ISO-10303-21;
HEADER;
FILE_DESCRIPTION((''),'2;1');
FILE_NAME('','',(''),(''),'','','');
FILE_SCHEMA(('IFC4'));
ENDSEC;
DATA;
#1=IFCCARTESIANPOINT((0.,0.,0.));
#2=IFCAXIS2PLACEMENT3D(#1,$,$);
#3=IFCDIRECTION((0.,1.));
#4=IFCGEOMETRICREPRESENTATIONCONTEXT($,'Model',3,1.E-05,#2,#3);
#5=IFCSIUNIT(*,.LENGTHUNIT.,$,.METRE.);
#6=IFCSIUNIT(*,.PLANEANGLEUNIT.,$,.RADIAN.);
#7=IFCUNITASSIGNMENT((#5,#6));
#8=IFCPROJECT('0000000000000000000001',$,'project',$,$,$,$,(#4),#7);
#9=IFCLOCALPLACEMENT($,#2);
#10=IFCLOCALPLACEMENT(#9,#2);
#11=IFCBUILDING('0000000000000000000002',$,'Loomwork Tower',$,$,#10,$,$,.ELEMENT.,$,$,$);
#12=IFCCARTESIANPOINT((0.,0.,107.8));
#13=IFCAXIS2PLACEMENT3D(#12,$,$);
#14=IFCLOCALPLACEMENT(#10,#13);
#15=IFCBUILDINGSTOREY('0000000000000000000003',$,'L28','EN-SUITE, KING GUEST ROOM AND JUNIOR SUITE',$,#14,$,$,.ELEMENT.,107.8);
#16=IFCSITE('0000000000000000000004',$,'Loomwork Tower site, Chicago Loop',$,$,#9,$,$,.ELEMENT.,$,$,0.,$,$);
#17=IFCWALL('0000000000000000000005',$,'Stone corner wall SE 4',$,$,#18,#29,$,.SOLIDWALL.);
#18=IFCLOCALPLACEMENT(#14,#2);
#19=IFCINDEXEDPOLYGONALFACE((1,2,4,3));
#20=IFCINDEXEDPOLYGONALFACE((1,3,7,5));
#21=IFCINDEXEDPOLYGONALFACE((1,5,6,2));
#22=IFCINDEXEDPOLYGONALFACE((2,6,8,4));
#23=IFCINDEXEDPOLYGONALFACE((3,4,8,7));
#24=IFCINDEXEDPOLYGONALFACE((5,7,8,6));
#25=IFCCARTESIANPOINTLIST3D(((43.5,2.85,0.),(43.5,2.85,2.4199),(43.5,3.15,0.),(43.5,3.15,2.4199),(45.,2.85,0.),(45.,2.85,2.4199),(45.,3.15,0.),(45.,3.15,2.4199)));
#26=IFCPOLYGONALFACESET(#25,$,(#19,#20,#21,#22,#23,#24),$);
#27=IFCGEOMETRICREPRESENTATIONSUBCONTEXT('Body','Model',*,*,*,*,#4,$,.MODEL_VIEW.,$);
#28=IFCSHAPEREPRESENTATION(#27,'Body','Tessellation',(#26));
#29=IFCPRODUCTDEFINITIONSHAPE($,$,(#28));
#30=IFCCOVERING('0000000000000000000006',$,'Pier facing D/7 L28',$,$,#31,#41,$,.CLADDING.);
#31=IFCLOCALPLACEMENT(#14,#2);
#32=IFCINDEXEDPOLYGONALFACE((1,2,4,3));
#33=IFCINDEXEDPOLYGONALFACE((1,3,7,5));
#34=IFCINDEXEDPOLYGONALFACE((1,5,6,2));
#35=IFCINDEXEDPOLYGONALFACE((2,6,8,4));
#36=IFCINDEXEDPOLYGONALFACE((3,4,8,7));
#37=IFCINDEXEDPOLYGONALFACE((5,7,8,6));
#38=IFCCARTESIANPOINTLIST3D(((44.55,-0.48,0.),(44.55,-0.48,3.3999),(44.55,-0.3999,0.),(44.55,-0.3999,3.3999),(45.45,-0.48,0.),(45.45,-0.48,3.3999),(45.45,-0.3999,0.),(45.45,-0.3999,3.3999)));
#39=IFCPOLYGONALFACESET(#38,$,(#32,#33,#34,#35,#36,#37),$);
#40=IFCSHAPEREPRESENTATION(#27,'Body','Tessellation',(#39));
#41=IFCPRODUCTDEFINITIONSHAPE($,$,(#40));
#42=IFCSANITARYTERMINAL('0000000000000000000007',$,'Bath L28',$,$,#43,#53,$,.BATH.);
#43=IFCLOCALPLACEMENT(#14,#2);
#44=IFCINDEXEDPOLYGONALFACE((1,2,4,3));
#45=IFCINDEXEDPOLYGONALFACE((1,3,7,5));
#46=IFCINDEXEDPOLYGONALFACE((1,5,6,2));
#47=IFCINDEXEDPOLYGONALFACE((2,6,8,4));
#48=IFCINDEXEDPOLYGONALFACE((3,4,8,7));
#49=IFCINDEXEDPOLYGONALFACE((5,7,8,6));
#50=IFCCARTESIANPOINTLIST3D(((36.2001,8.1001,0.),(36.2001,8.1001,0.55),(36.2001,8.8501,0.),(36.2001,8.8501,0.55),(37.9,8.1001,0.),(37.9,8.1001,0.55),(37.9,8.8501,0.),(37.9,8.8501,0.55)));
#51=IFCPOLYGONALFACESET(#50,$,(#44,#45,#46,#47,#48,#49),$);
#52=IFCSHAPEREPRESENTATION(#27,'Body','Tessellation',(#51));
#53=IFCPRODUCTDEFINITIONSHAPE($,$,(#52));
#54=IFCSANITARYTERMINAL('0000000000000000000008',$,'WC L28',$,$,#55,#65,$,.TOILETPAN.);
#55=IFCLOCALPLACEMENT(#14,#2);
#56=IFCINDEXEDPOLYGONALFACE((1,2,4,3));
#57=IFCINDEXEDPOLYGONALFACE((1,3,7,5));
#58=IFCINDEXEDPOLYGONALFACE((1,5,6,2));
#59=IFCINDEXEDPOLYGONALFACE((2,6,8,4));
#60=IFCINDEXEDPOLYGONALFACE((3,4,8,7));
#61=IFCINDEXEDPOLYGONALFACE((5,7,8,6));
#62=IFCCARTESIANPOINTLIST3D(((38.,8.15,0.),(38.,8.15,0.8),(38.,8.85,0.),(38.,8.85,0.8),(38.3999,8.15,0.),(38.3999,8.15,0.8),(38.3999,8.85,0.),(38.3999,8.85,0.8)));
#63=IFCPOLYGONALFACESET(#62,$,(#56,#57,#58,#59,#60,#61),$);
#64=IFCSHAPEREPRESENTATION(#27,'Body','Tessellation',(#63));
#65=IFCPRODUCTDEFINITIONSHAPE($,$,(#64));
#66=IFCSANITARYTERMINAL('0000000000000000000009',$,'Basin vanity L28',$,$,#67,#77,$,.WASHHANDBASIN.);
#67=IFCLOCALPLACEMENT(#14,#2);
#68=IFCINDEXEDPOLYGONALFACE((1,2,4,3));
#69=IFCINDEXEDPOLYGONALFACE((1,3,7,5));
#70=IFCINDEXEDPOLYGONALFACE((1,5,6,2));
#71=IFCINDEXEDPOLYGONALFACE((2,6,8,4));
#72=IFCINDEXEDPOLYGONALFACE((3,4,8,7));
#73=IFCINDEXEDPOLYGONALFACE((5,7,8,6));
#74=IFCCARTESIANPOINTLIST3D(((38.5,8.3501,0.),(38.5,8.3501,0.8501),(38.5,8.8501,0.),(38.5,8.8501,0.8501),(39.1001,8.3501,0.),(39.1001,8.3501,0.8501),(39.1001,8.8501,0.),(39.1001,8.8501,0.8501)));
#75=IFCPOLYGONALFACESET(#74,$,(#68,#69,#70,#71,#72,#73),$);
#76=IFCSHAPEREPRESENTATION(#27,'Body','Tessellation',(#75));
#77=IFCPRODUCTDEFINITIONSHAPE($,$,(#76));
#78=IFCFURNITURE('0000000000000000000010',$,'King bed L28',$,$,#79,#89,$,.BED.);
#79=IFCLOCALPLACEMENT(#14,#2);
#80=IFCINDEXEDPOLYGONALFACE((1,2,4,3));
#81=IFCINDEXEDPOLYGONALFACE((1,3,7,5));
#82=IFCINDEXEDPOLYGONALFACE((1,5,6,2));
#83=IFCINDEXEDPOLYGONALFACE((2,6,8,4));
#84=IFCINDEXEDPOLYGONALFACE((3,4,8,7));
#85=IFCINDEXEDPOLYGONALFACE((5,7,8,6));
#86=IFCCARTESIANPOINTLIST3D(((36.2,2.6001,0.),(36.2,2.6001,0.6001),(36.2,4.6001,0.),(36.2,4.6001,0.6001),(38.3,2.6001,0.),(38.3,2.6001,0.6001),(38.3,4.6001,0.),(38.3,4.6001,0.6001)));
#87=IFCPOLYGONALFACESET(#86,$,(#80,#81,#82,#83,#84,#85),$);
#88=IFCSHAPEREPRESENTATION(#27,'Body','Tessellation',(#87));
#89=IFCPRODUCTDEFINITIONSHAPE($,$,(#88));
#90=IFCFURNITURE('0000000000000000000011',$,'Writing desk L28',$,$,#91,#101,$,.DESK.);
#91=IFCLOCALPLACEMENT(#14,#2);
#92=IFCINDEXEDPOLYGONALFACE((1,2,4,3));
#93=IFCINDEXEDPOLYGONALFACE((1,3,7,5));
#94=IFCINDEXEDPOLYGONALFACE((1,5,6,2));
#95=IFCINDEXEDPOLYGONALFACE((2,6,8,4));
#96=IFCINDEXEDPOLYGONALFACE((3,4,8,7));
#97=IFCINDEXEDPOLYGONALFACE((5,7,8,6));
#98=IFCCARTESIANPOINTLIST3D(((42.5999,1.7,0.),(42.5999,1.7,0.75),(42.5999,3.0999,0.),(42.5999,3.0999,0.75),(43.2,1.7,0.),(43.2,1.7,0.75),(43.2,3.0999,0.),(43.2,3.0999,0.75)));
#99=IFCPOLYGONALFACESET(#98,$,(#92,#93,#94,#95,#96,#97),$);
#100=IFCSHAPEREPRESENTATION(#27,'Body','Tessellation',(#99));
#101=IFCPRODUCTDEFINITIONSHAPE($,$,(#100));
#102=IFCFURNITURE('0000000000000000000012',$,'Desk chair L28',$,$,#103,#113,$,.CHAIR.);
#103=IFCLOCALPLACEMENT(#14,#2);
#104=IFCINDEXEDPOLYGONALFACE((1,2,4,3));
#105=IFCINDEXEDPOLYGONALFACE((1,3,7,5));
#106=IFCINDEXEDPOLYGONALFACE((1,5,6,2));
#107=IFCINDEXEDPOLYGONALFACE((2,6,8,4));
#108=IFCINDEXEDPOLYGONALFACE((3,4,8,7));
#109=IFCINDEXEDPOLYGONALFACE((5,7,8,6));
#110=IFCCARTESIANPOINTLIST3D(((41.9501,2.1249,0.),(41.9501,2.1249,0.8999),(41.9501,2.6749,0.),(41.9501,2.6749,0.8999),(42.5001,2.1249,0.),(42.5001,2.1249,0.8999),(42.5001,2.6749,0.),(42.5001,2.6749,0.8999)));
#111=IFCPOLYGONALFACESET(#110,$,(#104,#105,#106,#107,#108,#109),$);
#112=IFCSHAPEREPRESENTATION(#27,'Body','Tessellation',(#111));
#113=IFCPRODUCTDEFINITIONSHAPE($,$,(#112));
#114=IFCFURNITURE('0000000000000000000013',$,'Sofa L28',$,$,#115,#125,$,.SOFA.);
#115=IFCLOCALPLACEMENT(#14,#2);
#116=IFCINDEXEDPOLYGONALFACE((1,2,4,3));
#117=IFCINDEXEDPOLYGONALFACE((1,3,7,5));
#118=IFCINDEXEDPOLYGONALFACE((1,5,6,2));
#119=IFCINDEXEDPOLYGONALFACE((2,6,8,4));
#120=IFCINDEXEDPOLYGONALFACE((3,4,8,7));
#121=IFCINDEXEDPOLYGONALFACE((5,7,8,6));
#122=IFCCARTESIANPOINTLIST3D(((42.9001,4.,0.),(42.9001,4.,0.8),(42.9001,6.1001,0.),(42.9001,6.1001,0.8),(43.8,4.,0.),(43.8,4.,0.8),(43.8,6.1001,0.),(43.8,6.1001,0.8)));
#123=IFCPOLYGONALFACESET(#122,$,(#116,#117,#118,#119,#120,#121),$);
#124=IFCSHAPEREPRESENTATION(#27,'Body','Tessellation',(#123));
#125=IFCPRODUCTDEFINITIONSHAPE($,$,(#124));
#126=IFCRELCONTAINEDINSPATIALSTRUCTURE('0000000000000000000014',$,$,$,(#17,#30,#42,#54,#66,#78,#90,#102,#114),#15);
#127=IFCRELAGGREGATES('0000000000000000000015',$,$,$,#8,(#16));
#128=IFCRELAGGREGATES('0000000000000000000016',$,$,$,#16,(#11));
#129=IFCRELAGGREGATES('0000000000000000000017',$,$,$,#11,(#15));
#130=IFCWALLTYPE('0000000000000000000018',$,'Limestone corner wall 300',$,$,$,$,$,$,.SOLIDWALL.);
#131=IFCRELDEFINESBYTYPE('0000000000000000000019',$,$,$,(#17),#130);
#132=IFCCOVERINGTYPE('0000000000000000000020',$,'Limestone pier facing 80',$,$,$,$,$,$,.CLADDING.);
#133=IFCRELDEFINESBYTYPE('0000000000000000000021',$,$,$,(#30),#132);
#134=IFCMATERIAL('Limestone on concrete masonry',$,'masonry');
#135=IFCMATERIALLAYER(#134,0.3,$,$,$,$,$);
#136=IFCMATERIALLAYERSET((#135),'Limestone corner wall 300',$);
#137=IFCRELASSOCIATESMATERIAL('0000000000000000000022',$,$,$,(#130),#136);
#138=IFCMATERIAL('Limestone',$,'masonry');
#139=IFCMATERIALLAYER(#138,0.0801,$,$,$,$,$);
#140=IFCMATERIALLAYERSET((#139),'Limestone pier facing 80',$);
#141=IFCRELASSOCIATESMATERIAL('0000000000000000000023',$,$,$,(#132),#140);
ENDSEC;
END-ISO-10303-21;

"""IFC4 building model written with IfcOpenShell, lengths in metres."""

from ifc_helpers import new_model, si_unit, direction, frame, frame_2d, origin, origin_2d, place, context, subcontext, project, spatial, rectangle, extrude, material, layer, layer_set, type_object, element, save


model = new_model("IFC4")

# Units and contexts
model_context = context("Model", 3, precision=1e-05, world=origin(), true_north=direction((0.0, 1.0)))
body_context = subcontext(model_context, "Body", "Model", "MODEL_VIEW")
ifc_project = project(units=[si_unit("LENGTHUNIT", "METRE"), si_unit("PLANEANGLEUNIT", "RADIAN")], contexts=[model_context])

# Site, building, storey
site_placement = place(None, origin())
site = spatial("IfcSite", under=ifc_project, at=site_placement, Name="Loomwork Tower site, Chicago Loop", CompositionType="ELEMENT", RefElevation=0.0)
building_placement = place(site_placement, origin())
building = spatial("IfcBuilding", under=site, at=building_placement, Name="Loomwork Tower", CompositionType="ELEMENT")
storey_placement = place(building_placement, frame((0.0, 0.0, 107.8)))
storey = spatial("IfcBuildingStorey", under=building, at=storey_placement, Name="L28", Description="EN-SUITE, KING GUEST ROOM AND JUNIOR SUITE", CompositionType="ELEMENT", Elevation=107.8)

# Shared definitions
ifc_material_1 = material(Name="Limestone on concrete masonry", Category="masonry")
ifc_layer_1 = layer(ifc_material_1, 0.3)
ifc_layer_set_1 = layer_set([ifc_layer_1], Name="Limestone corner wall 300")
wall_type_1 = type_object("IfcWallType", Name="Limestone corner wall 300", PredefinedType="SOLIDWALL", material=ifc_layer_set_1)

# Wall
wall_1_placement = place(storey_placement, frame((43.5, 3.0, 0.0), z_axis=(0.0, 0.0, 1.0), x_axis=(1.0, 0.0, 0.0)))
element("IfcWall", 1, at=wall_1_placement, inside=storey, type_object=wall_type_1, Name="Stone corner wall SE 4", PredefinedType="SOLIDWALL", context=body_context, shape_type="SweptSolid", body=[
    extrude(rectangle(XDim=1.5, YDim=0.3, at=frame_2d((0.75, 0.0))), origin(), (0.0, 0.0, 1.0), 2.4199),
])

# Covering
ifc_material_2 = material(Name="Limestone", Category="masonry")
ifc_layer_2 = layer(ifc_material_2, 0.0801)
ifc_layer_set_2 = layer_set([ifc_layer_2], Name="Limestone pier facing 80")
covering_type = type_object("IfcCoveringType", Name="Limestone pier facing 80", PredefinedType="CLADDING", material=ifc_layer_set_2)
covering_placement = place(storey_placement, frame((45.0, -0.4399, 0.0), z_axis=(0.0, 0.0, 1.0), x_axis=(1.0, 0.0, 0.0)))
element("IfcCovering", 2, at=covering_placement, inside=storey, type_object=covering_type, Name="Pier facing D/7 L28", PredefinedType="CLADDING", context=body_context, shape_type="SweptSolid", body=[
    extrude(rectangle(XDim=0.8999, YDim=0.0801, at=origin_2d()), origin(), (0.0, 0.0, 1.0), 3.3999),
])

# Sanitary terminals
sanitary_terminal_1_placement = place(storey_placement, frame((37.05, 8.4751, 0.0), z_axis=(0.0, 0.0, 1.0), x_axis=(1.0, 0.0, 0.0)))
element("IfcSanitaryTerminal", 3, at=sanitary_terminal_1_placement, inside=storey, Name="Bath L28", PredefinedType="BATH", context=body_context, shape_type="SweptSolid", body=[
    extrude(rectangle(XDim=1.7, YDim=0.75, at=origin_2d()), origin(), (0.0, 0.0, 1.0), 0.55),
])
sanitary_terminal_2_placement = place(storey_placement, frame((38.2, 8.5, 0.0), z_axis=(0.0, 0.0, 1.0), x_axis=(1.0, 0.0, 0.0)))
element("IfcSanitaryTerminal", 4, at=sanitary_terminal_2_placement, inside=storey, Name="WC L28", PredefinedType="TOILETPAN", context=body_context, shape_type="SweptSolid", body=[
    extrude(rectangle(XDim=0.3999, YDim=0.7, at=origin_2d()), origin(), (0.0, 0.0, 1.0), 0.8),
])
sanitary_terminal_3_placement = place(storey_placement, frame((38.8, 8.6001, 0.0), z_axis=(0.0, 0.0, 1.0), x_axis=(1.0, 0.0, 0.0)))
element("IfcSanitaryTerminal", 5, at=sanitary_terminal_3_placement, inside=storey, Name="Basin vanity L28", PredefinedType="WASHHANDBASIN", context=body_context, shape_type="SweptSolid", body=[
    extrude(rectangle(XDim=0.6001, YDim=0.5, at=origin_2d()), origin(), (0.0, 0.0, 1.0), 0.8501),
])

# Furniture
furniture_1_placement = place(storey_placement, frame((37.25, 3.6001, 0.0), z_axis=(0.0, 0.0, 1.0), x_axis=(1.0, 0.0, 0.0)))
element("IfcFurniture", 6, at=furniture_1_placement, inside=storey, Name="King bed L28", PredefinedType="BED", context=body_context, shape_type="SweptSolid", body=[
    extrude(rectangle(XDim=2.1001, YDim=2.0, at=origin_2d()), origin(), (0.0, 0.0, 1.0), 0.6001),
])
furniture_2_placement = place(storey_placement, frame((42.8999, 2.3999, 0.0), z_axis=(0.0, 0.0, 1.0), x_axis=(1.0, 0.0, 0.0)))
element("IfcFurniture", 7, at=furniture_2_placement, inside=storey, Name="Writing desk L28", PredefinedType="DESK", context=body_context, shape_type="SweptSolid", body=[
    extrude(rectangle(XDim=0.6001, YDim=1.3999, at=origin_2d()), origin(), (0.0, 0.0, 1.0), 0.75),
])
furniture_3_placement = place(storey_placement, frame((42.2251, 2.3999, 0.0), z_axis=(0.0, 0.0, 1.0), x_axis=(1.0, 0.0, 0.0)))
element("IfcFurniture", 8, at=furniture_3_placement, inside=storey, Name="Desk chair L28", PredefinedType="CHAIR", context=body_context, shape_type="SweptSolid", body=[
    extrude(rectangle(XDim=0.55, YDim=0.55, at=origin_2d()), origin(), (0.0, 0.0, 1.0), 0.8999),
])
furniture_4_placement = place(storey_placement, frame((43.3501, 5.05, 0.0), z_axis=(0.0, 0.0, 1.0), x_axis=(1.0, 0.0, 0.0)))
element("IfcFurniture", 9, at=furniture_4_placement, inside=storey, Name="Sofa L28", PredefinedType="SOFA", context=body_context, shape_type="SweptSolid", body=[
    extrude(rectangle(XDim=0.8999, YDim=2.1001, at=origin_2d()), origin(), (0.0, 0.0, 1.0), 0.8),
])

save(model, "model.ifc")
